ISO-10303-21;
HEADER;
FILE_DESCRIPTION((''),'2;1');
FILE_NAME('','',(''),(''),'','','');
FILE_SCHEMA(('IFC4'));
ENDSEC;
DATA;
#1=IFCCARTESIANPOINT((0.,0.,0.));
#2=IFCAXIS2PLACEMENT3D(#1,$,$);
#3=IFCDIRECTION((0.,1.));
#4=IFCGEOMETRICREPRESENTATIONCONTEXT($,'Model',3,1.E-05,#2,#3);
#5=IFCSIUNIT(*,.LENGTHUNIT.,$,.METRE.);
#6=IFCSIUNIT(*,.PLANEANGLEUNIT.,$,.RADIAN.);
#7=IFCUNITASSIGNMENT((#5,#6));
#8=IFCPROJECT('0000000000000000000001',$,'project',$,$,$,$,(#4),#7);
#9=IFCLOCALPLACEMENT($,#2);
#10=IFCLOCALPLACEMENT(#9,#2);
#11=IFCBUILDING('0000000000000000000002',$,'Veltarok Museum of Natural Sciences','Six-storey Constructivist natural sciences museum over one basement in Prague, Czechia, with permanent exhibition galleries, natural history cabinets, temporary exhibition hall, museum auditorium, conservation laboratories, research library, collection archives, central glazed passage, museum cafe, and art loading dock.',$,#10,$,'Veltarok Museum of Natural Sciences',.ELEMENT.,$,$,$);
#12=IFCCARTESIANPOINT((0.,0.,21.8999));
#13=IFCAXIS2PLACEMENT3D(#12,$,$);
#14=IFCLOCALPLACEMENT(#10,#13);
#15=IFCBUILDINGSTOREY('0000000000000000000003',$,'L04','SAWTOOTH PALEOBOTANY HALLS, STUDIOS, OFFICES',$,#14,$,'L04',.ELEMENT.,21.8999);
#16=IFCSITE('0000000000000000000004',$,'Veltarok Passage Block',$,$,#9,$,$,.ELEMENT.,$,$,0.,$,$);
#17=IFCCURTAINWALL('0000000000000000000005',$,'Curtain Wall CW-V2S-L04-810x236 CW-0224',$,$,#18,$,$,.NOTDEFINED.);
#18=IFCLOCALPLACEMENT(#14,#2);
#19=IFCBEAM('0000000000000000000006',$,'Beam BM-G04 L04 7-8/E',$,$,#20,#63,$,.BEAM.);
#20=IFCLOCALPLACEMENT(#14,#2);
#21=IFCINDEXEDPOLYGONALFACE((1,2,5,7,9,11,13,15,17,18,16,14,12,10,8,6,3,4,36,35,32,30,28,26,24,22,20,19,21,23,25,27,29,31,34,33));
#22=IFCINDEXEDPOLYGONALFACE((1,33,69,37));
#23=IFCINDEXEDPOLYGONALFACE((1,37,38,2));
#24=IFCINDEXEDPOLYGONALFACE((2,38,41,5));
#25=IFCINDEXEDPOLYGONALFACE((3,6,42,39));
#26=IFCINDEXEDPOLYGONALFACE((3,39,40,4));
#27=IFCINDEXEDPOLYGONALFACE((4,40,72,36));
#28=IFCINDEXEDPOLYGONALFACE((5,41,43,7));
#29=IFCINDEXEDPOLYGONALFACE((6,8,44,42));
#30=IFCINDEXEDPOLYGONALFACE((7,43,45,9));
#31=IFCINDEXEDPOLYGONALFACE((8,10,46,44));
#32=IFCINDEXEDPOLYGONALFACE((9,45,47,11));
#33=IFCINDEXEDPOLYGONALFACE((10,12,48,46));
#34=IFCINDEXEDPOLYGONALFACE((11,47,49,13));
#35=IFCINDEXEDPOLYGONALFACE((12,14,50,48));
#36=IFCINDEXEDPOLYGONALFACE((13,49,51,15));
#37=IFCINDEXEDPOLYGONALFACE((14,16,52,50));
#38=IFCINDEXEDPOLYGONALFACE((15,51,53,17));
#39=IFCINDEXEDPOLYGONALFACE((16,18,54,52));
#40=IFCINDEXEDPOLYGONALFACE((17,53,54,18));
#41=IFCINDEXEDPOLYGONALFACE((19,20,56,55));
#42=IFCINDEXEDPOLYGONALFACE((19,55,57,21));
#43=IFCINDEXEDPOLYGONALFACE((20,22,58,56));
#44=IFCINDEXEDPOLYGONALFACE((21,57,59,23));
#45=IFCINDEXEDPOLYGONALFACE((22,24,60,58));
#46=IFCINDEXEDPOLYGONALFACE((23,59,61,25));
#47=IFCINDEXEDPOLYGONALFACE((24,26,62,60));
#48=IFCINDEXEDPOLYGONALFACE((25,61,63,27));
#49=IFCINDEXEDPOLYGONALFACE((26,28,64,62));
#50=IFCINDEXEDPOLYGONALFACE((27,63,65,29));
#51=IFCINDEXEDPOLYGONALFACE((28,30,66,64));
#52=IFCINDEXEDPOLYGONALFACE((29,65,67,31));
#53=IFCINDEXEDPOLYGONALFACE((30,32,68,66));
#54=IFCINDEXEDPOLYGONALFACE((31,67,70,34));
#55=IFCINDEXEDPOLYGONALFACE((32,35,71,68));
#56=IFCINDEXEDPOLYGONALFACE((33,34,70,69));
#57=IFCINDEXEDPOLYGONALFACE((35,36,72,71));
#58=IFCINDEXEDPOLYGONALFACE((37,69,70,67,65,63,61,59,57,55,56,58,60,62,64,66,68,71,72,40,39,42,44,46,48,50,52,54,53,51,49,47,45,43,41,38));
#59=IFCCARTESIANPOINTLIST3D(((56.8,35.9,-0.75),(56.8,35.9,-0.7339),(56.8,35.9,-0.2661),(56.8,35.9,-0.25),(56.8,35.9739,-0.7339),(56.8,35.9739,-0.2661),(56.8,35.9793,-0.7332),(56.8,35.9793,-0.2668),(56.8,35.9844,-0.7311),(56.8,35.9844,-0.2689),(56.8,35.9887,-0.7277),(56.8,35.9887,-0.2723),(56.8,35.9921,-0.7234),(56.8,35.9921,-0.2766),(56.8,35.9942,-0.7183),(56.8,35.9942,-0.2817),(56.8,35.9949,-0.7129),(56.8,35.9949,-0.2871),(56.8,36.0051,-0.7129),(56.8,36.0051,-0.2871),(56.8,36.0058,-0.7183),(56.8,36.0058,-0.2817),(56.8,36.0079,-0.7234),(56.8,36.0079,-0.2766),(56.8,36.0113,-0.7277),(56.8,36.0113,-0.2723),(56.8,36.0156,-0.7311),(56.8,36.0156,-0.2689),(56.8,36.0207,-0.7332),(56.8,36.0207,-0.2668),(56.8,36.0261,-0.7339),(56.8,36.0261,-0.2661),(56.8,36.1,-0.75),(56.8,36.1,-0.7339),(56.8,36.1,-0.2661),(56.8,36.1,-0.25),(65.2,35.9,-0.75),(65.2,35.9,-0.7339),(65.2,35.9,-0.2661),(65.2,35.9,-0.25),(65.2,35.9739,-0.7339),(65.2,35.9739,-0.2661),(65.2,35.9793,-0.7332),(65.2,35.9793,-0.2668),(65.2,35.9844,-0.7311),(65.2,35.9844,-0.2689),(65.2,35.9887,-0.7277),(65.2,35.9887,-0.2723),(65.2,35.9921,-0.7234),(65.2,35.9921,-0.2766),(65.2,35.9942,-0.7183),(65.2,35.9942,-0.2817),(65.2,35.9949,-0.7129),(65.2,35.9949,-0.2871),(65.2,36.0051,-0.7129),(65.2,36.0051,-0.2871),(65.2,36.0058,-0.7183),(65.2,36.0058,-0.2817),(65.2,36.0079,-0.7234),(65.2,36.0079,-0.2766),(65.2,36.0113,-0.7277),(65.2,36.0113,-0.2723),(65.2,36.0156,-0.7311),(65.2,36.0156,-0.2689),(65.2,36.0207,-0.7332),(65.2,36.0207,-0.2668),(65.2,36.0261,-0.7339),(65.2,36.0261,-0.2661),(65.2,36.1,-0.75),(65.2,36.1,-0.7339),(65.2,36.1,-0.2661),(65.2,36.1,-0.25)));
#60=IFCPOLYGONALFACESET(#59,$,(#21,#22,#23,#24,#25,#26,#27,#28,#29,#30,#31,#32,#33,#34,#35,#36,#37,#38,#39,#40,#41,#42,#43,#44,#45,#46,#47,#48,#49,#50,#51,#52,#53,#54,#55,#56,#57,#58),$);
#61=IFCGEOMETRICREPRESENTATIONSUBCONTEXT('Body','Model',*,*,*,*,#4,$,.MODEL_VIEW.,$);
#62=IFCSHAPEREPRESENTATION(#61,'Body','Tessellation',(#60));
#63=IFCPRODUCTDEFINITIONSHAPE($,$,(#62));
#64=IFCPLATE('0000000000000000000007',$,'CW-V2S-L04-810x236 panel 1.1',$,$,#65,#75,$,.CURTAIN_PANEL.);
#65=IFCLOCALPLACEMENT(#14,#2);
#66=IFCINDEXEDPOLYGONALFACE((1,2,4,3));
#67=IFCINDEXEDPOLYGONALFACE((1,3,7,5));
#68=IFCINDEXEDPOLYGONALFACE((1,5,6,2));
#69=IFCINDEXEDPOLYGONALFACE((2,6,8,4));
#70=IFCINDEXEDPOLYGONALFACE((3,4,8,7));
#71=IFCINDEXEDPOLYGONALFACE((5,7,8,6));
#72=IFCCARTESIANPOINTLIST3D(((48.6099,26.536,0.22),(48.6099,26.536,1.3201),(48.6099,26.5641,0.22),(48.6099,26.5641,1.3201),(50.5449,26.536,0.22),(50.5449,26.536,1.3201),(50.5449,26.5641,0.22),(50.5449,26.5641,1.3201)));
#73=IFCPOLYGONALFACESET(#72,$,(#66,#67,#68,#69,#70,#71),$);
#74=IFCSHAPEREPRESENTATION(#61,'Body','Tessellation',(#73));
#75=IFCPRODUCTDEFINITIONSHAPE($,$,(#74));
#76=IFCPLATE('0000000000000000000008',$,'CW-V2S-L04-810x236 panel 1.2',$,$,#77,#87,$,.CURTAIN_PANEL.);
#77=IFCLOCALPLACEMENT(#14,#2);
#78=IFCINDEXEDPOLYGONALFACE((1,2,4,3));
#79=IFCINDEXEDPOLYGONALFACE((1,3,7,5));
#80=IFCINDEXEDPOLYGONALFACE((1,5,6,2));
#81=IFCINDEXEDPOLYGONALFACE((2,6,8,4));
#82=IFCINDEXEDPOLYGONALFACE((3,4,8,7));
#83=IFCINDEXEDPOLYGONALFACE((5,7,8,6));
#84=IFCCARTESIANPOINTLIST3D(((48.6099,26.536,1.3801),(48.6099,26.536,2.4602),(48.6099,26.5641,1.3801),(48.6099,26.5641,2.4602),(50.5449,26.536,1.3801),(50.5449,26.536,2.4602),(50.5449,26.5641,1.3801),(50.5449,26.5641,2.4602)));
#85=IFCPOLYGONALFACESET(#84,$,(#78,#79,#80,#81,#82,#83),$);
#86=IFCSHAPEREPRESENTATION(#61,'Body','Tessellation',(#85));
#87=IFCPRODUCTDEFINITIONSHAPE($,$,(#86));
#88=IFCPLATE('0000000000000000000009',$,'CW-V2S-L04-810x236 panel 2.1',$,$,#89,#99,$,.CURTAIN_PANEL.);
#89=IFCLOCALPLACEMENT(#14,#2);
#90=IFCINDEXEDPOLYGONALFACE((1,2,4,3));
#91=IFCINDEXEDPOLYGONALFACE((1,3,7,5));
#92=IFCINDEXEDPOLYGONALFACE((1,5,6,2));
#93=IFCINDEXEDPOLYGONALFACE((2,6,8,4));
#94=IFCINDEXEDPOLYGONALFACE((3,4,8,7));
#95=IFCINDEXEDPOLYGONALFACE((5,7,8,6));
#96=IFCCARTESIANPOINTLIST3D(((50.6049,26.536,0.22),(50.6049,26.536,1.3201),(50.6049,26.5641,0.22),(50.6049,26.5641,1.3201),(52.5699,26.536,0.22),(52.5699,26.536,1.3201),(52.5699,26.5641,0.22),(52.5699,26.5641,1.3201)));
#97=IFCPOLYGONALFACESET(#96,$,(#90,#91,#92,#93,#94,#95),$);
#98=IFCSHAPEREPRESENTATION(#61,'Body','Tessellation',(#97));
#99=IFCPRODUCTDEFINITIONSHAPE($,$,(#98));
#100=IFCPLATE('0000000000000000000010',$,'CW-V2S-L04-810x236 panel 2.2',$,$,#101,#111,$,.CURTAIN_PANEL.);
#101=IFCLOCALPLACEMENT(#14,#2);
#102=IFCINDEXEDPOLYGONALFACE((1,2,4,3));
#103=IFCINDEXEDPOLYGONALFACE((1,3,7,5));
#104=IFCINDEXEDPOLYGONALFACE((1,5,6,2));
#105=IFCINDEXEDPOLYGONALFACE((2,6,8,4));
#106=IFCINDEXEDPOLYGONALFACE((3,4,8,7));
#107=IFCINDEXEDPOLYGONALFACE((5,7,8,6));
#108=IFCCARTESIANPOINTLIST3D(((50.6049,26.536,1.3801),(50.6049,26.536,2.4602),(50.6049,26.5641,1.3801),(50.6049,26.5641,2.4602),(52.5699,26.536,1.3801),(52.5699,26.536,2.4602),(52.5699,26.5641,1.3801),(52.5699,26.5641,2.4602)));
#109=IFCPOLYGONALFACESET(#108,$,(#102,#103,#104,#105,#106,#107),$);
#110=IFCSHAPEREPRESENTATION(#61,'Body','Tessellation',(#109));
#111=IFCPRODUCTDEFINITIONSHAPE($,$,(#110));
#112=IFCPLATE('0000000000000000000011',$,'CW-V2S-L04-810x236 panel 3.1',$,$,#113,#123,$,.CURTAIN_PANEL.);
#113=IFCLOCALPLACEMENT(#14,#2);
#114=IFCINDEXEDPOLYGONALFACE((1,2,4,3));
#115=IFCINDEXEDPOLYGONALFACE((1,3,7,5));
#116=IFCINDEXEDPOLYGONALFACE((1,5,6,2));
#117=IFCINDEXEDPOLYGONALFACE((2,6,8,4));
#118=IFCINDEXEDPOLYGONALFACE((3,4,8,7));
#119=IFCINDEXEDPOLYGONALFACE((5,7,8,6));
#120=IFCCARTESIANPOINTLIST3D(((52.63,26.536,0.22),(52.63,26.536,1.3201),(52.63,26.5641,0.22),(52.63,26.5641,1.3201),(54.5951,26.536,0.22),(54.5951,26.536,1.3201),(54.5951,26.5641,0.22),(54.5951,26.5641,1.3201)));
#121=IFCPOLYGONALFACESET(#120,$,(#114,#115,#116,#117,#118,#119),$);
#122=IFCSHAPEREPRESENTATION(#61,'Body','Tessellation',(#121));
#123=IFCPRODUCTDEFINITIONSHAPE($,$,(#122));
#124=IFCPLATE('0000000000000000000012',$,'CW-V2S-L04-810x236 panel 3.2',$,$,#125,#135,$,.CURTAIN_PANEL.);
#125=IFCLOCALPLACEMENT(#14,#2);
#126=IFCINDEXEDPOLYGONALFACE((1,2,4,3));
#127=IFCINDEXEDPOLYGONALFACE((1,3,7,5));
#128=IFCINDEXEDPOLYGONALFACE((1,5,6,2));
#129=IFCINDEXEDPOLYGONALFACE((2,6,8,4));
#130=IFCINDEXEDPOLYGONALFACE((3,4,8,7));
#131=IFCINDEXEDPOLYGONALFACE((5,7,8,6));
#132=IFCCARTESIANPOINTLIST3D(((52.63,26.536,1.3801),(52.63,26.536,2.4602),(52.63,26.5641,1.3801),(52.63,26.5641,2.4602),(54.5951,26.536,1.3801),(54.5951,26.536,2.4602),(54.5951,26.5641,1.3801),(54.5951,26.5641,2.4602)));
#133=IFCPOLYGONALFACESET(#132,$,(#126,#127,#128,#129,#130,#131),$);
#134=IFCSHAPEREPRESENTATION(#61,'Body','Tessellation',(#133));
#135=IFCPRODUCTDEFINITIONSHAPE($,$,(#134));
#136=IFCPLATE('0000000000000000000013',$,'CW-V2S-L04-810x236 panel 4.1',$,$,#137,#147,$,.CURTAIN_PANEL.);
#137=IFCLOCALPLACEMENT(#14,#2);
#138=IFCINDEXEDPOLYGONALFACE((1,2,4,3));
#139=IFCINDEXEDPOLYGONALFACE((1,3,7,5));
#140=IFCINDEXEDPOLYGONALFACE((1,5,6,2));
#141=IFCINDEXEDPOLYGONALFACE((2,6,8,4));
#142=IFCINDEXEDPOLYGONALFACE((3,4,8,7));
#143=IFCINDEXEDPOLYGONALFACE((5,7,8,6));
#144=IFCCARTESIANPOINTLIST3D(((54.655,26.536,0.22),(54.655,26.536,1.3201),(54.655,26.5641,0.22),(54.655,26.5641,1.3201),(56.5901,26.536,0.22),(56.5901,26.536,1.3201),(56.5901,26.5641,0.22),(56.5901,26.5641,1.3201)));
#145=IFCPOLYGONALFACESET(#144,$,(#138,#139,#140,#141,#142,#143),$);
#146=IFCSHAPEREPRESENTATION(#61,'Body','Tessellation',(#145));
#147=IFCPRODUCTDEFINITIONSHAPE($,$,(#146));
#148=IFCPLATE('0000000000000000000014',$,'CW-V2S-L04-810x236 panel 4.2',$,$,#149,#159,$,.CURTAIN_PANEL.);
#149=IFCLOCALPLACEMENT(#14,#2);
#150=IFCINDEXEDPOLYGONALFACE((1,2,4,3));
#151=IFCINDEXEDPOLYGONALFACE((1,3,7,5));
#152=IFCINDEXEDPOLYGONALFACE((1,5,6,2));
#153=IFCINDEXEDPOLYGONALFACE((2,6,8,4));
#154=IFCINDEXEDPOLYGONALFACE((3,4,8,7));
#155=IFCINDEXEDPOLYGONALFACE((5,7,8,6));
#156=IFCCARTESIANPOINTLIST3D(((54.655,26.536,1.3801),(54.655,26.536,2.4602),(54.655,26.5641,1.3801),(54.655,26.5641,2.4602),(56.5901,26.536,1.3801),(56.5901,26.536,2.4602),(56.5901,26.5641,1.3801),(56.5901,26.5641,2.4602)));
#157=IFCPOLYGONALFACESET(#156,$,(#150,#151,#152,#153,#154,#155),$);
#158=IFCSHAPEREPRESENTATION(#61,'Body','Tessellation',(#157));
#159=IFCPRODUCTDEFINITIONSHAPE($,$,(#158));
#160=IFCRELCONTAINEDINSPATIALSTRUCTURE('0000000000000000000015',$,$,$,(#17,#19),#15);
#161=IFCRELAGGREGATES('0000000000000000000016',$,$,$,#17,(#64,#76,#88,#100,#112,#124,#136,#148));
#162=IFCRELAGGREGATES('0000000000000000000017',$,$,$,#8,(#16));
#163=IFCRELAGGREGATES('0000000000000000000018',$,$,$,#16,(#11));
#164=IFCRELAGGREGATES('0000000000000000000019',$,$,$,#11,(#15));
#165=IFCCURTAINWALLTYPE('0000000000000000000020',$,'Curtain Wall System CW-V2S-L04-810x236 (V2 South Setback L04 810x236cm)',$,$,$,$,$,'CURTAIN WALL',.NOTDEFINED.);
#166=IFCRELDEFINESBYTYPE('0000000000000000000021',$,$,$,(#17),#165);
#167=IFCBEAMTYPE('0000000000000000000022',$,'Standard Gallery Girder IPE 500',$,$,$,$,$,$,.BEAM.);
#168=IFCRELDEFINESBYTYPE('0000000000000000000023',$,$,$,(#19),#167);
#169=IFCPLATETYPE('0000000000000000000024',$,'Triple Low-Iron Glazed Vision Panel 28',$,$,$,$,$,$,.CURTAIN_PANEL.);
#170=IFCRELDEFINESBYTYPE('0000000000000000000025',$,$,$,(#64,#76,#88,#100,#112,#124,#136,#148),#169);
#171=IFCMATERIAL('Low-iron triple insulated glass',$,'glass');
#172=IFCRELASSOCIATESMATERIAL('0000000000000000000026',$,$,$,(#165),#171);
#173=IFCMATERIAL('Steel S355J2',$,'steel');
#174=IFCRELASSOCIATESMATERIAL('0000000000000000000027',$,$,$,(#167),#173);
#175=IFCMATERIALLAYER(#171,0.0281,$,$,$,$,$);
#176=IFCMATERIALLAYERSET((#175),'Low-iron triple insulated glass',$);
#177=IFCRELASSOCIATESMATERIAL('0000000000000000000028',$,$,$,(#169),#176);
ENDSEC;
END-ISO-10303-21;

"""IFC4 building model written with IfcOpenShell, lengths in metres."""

from ifc_helpers import new_model, si_unit, direction, frame, origin, origin_2d, place, context, subcontext, project, spatial, rectangle, i_section, extrude, material, layer, layer_set, material_profile, profile_set, type_object, element, aggregate, save


model = new_model("IFC4")

# Units and contexts
model_context = context("Model", 3, precision=1e-05, world=origin(), true_north=direction((0.0, 1.0)))
body_context = subcontext(model_context, "Body", "Model", "MODEL_VIEW")
ifc_project = project(units=[si_unit("LENGTHUNIT", "METRE"), si_unit("PLANEANGLEUNIT", "RADIAN")], contexts=[model_context])

# Site, building, storey
site_placement = place(None, origin())
site = spatial("IfcSite", under=ifc_project, at=site_placement, Name="Veltarok Passage Block", CompositionType="ELEMENT", RefElevation=0.0)
building_placement = place(site_placement, origin())
building = spatial("IfcBuilding", under=site, at=building_placement, Name="Veltarok Museum of Natural Sciences", Description="Six-storey Constructivist natural sciences museum over one basement in Prague, Czechia, with permanent exhibition galleries, natural history cabinets, temporary exhibition hall, museum auditorium, conservation laboratories, research library, collection archives, central glazed passage, museum cafe, and art loading dock.", LongName="Veltarok Museum of Natural Sciences", CompositionType="ELEMENT")
storey_placement = place(building_placement, frame((0.0, 0.0, 21.8999)))
storey = spatial("IfcBuildingStorey", under=building, at=storey_placement, Name="L04", Description="SAWTOOTH PALEOBOTANY HALLS, STUDIOS, OFFICES", LongName="L04", CompositionType="ELEMENT", Elevation=21.8999)

# Shared definitions
ifc_material_1 = material(Name="Steel S355J2", Category="steel")

# Curtain wall
ifc_material_2 = material(Name="Low-iron triple insulated glass", Category="glass")
curtain_wall_type = type_object("IfcCurtainWallType", Name="Curtain Wall System CW-V2S-L04-810x236 (V2 South Setback L04 810x236cm)", ElementType="CURTAIN WALL", PredefinedType="NOTDEFINED", material=ifc_material_2)
curtain_wall_placement = place(storey_placement, origin())
curtain_wall = element("IfcCurtainWall", 1, at=curtain_wall_placement, inside=storey, type_object=curtain_wall_type, Name="Curtain Wall CW-V2S-L04-810x236 CW-0224", PredefinedType="NOTDEFINED")

# Beam
ifc_material_profile_1 = material_profile(ifc_material_1, i_section(OverallWidth=0.2, OverallDepth=0.5, WebThickness=0.0103, FlangeThickness=0.0161, FilletRadius=0.021, at=origin_2d()), Name="IPE 500")
ifc_profile_set_1 = profile_set([ifc_material_profile_1], Name="Steel S355J2")
beam_type_1 = type_object("IfcBeamType", Name="Standard Gallery Girder IPE 500", PredefinedType="BEAM", material=ifc_profile_set_1)
beam_1_placement = place(storey_placement, frame((56.8, 36.0, -0.5), z_axis=(1.0, 0.0, 0.0), x_axis=(0.0, 1.0, 0.0)))
element("IfcBeam", 2, at=beam_1_placement, inside=storey, type_object=beam_type_1, Name="Beam BM-G04 L04 7-8/E", PredefinedType="BEAM", context=body_context, shape_type="SweptSolid", body=[
    extrude(i_section(OverallWidth=0.2, OverallDepth=0.5, WebThickness=0.0103, FlangeThickness=0.0161, FilletRadius=0.021, at=origin_2d()), origin(), (0.0, 0.0, 1.0), 8.3999),
])

# Plates
ifc_layer = layer(ifc_material_2, 0.0281)
ifc_layer_set = layer_set([ifc_layer], Name="Low-iron triple insulated glass")
plate_type = type_object("IfcPlateType", Name="Triple Low-Iron Glazed Vision Panel 28", PredefinedType="CURTAIN_PANEL", material=ifc_layer_set)
plate_1_placement = place(storey_placement, frame((49.5774, 26.55, 0.22), z_axis=(0.0, 0.0, 1.0), x_axis=(1.0, 0.0, 0.0)))
plate_1 = element("IfcPlate", 3, at=plate_1_placement, type_object=plate_type, Name="CW-V2S-L04-810x236 panel 1.1", PredefinedType="CURTAIN_PANEL", context=body_context, shape_type="SweptSolid", body=[
    extrude(rectangle(XDim=1.9351, YDim=0.0281, at=origin_2d()), origin(), (0.0, 0.0, 1.0), 1.1001),
])
plate_2_placement = place(storey_placement, frame((49.5774, 26.55, 1.3801), z_axis=(0.0, 0.0, 1.0), x_axis=(1.0, 0.0, 0.0)))
plate_2 = element("IfcPlate", 4, at=plate_2_placement, type_object=plate_type, Name="CW-V2S-L04-810x236 panel 1.2", PredefinedType="CURTAIN_PANEL", context=body_context, shape_type="SweptSolid", body=[
    extrude(rectangle(XDim=1.9351, YDim=0.0281, at=origin_2d()), origin(), (0.0, 0.0, 1.0), 1.0801),
])
plate_3_placement = place(storey_placement, frame((51.5874, 26.55, 0.22), z_axis=(0.0, 0.0, 1.0), x_axis=(1.0, 0.0, 0.0)))
plate_3 = element("IfcPlate", 5, at=plate_3_placement, type_object=plate_type, Name="CW-V2S-L04-810x236 panel 2.1", PredefinedType="CURTAIN_PANEL", context=body_context, shape_type="SweptSolid", body=[
    extrude(rectangle(XDim=1.9651, YDim=0.0281, at=origin_2d()), origin(), (0.0, 0.0, 1.0), 1.1001),
])
plate_4_placement = place(storey_placement, frame((51.5874, 26.55, 1.3801), z_axis=(0.0, 0.0, 1.0), x_axis=(1.0, 0.0, 0.0)))
plate_4 = element("IfcPlate", 6, at=plate_4_placement, type_object=plate_type, Name="CW-V2S-L04-810x236 panel 2.2", PredefinedType="CURTAIN_PANEL", context=body_context, shape_type="SweptSolid", body=[
    extrude(rectangle(XDim=1.9651, YDim=0.0281, at=origin_2d()), origin(), (0.0, 0.0, 1.0), 1.0801),
])
plate_5_placement = place(storey_placement, frame((53.6125, 26.55, 0.22), z_axis=(0.0, 0.0, 1.0), x_axis=(1.0, 0.0, 0.0)))
plate_5 = element("IfcPlate", 7, at=plate_5_placement, type_object=plate_type, Name="CW-V2S-L04-810x236 panel 3.1", PredefinedType="CURTAIN_PANEL", context=body_context, shape_type="SweptSolid", body=[
    extrude(rectangle(XDim=1.9651, YDim=0.0281, at=origin_2d()), origin(), (0.0, 0.0, 1.0), 1.1001),
])
plate_6_placement = place(storey_placement, frame((53.6125, 26.55, 1.3801), z_axis=(0.0, 0.0, 1.0), x_axis=(1.0, 0.0, 0.0)))
plate_6 = element("IfcPlate", 8, at=plate_6_placement, type_object=plate_type, Name="CW-V2S-L04-810x236 panel 3.2", PredefinedType="CURTAIN_PANEL", context=body_context, shape_type="SweptSolid", body=[
    extrude(rectangle(XDim=1.9651, YDim=0.0281, at=origin_2d()), origin(), (0.0, 0.0, 1.0), 1.0801),
])
plate_7_placement = place(storey_placement, frame((55.6226, 26.55, 0.22), z_axis=(0.0, 0.0, 1.0), x_axis=(1.0, 0.0, 0.0)))
plate_7 = element("IfcPlate", 9, at=plate_7_placement, type_object=plate_type, Name="CW-V2S-L04-810x236 panel 4.1", PredefinedType="CURTAIN_PANEL", context=body_context, shape_type="SweptSolid", body=[
    extrude(rectangle(XDim=1.9351, YDim=0.0281, at=origin_2d()), origin(), (0.0, 0.0, 1.0), 1.1001),
])
plate_8_placement = place(storey_placement, frame((55.6226, 26.55, 1.3801), z_axis=(0.0, 0.0, 1.0), x_axis=(1.0, 0.0, 0.0)))
plate_8 = element("IfcPlate", 10, at=plate_8_placement, type_object=plate_type, Name="CW-V2S-L04-810x236 panel 4.2", PredefinedType="CURTAIN_PANEL", context=body_context, shape_type="SweptSolid", body=[
    extrude(rectangle(XDim=1.9351, YDim=0.0281, at=origin_2d()), origin(), (0.0, 0.0, 1.0), 1.0801),
])
aggregate(curtain_wall, [plate_1, plate_2, plate_3, plate_4, plate_5, plate_6, plate_7, plate_8])

save(model, "model.ifc")
